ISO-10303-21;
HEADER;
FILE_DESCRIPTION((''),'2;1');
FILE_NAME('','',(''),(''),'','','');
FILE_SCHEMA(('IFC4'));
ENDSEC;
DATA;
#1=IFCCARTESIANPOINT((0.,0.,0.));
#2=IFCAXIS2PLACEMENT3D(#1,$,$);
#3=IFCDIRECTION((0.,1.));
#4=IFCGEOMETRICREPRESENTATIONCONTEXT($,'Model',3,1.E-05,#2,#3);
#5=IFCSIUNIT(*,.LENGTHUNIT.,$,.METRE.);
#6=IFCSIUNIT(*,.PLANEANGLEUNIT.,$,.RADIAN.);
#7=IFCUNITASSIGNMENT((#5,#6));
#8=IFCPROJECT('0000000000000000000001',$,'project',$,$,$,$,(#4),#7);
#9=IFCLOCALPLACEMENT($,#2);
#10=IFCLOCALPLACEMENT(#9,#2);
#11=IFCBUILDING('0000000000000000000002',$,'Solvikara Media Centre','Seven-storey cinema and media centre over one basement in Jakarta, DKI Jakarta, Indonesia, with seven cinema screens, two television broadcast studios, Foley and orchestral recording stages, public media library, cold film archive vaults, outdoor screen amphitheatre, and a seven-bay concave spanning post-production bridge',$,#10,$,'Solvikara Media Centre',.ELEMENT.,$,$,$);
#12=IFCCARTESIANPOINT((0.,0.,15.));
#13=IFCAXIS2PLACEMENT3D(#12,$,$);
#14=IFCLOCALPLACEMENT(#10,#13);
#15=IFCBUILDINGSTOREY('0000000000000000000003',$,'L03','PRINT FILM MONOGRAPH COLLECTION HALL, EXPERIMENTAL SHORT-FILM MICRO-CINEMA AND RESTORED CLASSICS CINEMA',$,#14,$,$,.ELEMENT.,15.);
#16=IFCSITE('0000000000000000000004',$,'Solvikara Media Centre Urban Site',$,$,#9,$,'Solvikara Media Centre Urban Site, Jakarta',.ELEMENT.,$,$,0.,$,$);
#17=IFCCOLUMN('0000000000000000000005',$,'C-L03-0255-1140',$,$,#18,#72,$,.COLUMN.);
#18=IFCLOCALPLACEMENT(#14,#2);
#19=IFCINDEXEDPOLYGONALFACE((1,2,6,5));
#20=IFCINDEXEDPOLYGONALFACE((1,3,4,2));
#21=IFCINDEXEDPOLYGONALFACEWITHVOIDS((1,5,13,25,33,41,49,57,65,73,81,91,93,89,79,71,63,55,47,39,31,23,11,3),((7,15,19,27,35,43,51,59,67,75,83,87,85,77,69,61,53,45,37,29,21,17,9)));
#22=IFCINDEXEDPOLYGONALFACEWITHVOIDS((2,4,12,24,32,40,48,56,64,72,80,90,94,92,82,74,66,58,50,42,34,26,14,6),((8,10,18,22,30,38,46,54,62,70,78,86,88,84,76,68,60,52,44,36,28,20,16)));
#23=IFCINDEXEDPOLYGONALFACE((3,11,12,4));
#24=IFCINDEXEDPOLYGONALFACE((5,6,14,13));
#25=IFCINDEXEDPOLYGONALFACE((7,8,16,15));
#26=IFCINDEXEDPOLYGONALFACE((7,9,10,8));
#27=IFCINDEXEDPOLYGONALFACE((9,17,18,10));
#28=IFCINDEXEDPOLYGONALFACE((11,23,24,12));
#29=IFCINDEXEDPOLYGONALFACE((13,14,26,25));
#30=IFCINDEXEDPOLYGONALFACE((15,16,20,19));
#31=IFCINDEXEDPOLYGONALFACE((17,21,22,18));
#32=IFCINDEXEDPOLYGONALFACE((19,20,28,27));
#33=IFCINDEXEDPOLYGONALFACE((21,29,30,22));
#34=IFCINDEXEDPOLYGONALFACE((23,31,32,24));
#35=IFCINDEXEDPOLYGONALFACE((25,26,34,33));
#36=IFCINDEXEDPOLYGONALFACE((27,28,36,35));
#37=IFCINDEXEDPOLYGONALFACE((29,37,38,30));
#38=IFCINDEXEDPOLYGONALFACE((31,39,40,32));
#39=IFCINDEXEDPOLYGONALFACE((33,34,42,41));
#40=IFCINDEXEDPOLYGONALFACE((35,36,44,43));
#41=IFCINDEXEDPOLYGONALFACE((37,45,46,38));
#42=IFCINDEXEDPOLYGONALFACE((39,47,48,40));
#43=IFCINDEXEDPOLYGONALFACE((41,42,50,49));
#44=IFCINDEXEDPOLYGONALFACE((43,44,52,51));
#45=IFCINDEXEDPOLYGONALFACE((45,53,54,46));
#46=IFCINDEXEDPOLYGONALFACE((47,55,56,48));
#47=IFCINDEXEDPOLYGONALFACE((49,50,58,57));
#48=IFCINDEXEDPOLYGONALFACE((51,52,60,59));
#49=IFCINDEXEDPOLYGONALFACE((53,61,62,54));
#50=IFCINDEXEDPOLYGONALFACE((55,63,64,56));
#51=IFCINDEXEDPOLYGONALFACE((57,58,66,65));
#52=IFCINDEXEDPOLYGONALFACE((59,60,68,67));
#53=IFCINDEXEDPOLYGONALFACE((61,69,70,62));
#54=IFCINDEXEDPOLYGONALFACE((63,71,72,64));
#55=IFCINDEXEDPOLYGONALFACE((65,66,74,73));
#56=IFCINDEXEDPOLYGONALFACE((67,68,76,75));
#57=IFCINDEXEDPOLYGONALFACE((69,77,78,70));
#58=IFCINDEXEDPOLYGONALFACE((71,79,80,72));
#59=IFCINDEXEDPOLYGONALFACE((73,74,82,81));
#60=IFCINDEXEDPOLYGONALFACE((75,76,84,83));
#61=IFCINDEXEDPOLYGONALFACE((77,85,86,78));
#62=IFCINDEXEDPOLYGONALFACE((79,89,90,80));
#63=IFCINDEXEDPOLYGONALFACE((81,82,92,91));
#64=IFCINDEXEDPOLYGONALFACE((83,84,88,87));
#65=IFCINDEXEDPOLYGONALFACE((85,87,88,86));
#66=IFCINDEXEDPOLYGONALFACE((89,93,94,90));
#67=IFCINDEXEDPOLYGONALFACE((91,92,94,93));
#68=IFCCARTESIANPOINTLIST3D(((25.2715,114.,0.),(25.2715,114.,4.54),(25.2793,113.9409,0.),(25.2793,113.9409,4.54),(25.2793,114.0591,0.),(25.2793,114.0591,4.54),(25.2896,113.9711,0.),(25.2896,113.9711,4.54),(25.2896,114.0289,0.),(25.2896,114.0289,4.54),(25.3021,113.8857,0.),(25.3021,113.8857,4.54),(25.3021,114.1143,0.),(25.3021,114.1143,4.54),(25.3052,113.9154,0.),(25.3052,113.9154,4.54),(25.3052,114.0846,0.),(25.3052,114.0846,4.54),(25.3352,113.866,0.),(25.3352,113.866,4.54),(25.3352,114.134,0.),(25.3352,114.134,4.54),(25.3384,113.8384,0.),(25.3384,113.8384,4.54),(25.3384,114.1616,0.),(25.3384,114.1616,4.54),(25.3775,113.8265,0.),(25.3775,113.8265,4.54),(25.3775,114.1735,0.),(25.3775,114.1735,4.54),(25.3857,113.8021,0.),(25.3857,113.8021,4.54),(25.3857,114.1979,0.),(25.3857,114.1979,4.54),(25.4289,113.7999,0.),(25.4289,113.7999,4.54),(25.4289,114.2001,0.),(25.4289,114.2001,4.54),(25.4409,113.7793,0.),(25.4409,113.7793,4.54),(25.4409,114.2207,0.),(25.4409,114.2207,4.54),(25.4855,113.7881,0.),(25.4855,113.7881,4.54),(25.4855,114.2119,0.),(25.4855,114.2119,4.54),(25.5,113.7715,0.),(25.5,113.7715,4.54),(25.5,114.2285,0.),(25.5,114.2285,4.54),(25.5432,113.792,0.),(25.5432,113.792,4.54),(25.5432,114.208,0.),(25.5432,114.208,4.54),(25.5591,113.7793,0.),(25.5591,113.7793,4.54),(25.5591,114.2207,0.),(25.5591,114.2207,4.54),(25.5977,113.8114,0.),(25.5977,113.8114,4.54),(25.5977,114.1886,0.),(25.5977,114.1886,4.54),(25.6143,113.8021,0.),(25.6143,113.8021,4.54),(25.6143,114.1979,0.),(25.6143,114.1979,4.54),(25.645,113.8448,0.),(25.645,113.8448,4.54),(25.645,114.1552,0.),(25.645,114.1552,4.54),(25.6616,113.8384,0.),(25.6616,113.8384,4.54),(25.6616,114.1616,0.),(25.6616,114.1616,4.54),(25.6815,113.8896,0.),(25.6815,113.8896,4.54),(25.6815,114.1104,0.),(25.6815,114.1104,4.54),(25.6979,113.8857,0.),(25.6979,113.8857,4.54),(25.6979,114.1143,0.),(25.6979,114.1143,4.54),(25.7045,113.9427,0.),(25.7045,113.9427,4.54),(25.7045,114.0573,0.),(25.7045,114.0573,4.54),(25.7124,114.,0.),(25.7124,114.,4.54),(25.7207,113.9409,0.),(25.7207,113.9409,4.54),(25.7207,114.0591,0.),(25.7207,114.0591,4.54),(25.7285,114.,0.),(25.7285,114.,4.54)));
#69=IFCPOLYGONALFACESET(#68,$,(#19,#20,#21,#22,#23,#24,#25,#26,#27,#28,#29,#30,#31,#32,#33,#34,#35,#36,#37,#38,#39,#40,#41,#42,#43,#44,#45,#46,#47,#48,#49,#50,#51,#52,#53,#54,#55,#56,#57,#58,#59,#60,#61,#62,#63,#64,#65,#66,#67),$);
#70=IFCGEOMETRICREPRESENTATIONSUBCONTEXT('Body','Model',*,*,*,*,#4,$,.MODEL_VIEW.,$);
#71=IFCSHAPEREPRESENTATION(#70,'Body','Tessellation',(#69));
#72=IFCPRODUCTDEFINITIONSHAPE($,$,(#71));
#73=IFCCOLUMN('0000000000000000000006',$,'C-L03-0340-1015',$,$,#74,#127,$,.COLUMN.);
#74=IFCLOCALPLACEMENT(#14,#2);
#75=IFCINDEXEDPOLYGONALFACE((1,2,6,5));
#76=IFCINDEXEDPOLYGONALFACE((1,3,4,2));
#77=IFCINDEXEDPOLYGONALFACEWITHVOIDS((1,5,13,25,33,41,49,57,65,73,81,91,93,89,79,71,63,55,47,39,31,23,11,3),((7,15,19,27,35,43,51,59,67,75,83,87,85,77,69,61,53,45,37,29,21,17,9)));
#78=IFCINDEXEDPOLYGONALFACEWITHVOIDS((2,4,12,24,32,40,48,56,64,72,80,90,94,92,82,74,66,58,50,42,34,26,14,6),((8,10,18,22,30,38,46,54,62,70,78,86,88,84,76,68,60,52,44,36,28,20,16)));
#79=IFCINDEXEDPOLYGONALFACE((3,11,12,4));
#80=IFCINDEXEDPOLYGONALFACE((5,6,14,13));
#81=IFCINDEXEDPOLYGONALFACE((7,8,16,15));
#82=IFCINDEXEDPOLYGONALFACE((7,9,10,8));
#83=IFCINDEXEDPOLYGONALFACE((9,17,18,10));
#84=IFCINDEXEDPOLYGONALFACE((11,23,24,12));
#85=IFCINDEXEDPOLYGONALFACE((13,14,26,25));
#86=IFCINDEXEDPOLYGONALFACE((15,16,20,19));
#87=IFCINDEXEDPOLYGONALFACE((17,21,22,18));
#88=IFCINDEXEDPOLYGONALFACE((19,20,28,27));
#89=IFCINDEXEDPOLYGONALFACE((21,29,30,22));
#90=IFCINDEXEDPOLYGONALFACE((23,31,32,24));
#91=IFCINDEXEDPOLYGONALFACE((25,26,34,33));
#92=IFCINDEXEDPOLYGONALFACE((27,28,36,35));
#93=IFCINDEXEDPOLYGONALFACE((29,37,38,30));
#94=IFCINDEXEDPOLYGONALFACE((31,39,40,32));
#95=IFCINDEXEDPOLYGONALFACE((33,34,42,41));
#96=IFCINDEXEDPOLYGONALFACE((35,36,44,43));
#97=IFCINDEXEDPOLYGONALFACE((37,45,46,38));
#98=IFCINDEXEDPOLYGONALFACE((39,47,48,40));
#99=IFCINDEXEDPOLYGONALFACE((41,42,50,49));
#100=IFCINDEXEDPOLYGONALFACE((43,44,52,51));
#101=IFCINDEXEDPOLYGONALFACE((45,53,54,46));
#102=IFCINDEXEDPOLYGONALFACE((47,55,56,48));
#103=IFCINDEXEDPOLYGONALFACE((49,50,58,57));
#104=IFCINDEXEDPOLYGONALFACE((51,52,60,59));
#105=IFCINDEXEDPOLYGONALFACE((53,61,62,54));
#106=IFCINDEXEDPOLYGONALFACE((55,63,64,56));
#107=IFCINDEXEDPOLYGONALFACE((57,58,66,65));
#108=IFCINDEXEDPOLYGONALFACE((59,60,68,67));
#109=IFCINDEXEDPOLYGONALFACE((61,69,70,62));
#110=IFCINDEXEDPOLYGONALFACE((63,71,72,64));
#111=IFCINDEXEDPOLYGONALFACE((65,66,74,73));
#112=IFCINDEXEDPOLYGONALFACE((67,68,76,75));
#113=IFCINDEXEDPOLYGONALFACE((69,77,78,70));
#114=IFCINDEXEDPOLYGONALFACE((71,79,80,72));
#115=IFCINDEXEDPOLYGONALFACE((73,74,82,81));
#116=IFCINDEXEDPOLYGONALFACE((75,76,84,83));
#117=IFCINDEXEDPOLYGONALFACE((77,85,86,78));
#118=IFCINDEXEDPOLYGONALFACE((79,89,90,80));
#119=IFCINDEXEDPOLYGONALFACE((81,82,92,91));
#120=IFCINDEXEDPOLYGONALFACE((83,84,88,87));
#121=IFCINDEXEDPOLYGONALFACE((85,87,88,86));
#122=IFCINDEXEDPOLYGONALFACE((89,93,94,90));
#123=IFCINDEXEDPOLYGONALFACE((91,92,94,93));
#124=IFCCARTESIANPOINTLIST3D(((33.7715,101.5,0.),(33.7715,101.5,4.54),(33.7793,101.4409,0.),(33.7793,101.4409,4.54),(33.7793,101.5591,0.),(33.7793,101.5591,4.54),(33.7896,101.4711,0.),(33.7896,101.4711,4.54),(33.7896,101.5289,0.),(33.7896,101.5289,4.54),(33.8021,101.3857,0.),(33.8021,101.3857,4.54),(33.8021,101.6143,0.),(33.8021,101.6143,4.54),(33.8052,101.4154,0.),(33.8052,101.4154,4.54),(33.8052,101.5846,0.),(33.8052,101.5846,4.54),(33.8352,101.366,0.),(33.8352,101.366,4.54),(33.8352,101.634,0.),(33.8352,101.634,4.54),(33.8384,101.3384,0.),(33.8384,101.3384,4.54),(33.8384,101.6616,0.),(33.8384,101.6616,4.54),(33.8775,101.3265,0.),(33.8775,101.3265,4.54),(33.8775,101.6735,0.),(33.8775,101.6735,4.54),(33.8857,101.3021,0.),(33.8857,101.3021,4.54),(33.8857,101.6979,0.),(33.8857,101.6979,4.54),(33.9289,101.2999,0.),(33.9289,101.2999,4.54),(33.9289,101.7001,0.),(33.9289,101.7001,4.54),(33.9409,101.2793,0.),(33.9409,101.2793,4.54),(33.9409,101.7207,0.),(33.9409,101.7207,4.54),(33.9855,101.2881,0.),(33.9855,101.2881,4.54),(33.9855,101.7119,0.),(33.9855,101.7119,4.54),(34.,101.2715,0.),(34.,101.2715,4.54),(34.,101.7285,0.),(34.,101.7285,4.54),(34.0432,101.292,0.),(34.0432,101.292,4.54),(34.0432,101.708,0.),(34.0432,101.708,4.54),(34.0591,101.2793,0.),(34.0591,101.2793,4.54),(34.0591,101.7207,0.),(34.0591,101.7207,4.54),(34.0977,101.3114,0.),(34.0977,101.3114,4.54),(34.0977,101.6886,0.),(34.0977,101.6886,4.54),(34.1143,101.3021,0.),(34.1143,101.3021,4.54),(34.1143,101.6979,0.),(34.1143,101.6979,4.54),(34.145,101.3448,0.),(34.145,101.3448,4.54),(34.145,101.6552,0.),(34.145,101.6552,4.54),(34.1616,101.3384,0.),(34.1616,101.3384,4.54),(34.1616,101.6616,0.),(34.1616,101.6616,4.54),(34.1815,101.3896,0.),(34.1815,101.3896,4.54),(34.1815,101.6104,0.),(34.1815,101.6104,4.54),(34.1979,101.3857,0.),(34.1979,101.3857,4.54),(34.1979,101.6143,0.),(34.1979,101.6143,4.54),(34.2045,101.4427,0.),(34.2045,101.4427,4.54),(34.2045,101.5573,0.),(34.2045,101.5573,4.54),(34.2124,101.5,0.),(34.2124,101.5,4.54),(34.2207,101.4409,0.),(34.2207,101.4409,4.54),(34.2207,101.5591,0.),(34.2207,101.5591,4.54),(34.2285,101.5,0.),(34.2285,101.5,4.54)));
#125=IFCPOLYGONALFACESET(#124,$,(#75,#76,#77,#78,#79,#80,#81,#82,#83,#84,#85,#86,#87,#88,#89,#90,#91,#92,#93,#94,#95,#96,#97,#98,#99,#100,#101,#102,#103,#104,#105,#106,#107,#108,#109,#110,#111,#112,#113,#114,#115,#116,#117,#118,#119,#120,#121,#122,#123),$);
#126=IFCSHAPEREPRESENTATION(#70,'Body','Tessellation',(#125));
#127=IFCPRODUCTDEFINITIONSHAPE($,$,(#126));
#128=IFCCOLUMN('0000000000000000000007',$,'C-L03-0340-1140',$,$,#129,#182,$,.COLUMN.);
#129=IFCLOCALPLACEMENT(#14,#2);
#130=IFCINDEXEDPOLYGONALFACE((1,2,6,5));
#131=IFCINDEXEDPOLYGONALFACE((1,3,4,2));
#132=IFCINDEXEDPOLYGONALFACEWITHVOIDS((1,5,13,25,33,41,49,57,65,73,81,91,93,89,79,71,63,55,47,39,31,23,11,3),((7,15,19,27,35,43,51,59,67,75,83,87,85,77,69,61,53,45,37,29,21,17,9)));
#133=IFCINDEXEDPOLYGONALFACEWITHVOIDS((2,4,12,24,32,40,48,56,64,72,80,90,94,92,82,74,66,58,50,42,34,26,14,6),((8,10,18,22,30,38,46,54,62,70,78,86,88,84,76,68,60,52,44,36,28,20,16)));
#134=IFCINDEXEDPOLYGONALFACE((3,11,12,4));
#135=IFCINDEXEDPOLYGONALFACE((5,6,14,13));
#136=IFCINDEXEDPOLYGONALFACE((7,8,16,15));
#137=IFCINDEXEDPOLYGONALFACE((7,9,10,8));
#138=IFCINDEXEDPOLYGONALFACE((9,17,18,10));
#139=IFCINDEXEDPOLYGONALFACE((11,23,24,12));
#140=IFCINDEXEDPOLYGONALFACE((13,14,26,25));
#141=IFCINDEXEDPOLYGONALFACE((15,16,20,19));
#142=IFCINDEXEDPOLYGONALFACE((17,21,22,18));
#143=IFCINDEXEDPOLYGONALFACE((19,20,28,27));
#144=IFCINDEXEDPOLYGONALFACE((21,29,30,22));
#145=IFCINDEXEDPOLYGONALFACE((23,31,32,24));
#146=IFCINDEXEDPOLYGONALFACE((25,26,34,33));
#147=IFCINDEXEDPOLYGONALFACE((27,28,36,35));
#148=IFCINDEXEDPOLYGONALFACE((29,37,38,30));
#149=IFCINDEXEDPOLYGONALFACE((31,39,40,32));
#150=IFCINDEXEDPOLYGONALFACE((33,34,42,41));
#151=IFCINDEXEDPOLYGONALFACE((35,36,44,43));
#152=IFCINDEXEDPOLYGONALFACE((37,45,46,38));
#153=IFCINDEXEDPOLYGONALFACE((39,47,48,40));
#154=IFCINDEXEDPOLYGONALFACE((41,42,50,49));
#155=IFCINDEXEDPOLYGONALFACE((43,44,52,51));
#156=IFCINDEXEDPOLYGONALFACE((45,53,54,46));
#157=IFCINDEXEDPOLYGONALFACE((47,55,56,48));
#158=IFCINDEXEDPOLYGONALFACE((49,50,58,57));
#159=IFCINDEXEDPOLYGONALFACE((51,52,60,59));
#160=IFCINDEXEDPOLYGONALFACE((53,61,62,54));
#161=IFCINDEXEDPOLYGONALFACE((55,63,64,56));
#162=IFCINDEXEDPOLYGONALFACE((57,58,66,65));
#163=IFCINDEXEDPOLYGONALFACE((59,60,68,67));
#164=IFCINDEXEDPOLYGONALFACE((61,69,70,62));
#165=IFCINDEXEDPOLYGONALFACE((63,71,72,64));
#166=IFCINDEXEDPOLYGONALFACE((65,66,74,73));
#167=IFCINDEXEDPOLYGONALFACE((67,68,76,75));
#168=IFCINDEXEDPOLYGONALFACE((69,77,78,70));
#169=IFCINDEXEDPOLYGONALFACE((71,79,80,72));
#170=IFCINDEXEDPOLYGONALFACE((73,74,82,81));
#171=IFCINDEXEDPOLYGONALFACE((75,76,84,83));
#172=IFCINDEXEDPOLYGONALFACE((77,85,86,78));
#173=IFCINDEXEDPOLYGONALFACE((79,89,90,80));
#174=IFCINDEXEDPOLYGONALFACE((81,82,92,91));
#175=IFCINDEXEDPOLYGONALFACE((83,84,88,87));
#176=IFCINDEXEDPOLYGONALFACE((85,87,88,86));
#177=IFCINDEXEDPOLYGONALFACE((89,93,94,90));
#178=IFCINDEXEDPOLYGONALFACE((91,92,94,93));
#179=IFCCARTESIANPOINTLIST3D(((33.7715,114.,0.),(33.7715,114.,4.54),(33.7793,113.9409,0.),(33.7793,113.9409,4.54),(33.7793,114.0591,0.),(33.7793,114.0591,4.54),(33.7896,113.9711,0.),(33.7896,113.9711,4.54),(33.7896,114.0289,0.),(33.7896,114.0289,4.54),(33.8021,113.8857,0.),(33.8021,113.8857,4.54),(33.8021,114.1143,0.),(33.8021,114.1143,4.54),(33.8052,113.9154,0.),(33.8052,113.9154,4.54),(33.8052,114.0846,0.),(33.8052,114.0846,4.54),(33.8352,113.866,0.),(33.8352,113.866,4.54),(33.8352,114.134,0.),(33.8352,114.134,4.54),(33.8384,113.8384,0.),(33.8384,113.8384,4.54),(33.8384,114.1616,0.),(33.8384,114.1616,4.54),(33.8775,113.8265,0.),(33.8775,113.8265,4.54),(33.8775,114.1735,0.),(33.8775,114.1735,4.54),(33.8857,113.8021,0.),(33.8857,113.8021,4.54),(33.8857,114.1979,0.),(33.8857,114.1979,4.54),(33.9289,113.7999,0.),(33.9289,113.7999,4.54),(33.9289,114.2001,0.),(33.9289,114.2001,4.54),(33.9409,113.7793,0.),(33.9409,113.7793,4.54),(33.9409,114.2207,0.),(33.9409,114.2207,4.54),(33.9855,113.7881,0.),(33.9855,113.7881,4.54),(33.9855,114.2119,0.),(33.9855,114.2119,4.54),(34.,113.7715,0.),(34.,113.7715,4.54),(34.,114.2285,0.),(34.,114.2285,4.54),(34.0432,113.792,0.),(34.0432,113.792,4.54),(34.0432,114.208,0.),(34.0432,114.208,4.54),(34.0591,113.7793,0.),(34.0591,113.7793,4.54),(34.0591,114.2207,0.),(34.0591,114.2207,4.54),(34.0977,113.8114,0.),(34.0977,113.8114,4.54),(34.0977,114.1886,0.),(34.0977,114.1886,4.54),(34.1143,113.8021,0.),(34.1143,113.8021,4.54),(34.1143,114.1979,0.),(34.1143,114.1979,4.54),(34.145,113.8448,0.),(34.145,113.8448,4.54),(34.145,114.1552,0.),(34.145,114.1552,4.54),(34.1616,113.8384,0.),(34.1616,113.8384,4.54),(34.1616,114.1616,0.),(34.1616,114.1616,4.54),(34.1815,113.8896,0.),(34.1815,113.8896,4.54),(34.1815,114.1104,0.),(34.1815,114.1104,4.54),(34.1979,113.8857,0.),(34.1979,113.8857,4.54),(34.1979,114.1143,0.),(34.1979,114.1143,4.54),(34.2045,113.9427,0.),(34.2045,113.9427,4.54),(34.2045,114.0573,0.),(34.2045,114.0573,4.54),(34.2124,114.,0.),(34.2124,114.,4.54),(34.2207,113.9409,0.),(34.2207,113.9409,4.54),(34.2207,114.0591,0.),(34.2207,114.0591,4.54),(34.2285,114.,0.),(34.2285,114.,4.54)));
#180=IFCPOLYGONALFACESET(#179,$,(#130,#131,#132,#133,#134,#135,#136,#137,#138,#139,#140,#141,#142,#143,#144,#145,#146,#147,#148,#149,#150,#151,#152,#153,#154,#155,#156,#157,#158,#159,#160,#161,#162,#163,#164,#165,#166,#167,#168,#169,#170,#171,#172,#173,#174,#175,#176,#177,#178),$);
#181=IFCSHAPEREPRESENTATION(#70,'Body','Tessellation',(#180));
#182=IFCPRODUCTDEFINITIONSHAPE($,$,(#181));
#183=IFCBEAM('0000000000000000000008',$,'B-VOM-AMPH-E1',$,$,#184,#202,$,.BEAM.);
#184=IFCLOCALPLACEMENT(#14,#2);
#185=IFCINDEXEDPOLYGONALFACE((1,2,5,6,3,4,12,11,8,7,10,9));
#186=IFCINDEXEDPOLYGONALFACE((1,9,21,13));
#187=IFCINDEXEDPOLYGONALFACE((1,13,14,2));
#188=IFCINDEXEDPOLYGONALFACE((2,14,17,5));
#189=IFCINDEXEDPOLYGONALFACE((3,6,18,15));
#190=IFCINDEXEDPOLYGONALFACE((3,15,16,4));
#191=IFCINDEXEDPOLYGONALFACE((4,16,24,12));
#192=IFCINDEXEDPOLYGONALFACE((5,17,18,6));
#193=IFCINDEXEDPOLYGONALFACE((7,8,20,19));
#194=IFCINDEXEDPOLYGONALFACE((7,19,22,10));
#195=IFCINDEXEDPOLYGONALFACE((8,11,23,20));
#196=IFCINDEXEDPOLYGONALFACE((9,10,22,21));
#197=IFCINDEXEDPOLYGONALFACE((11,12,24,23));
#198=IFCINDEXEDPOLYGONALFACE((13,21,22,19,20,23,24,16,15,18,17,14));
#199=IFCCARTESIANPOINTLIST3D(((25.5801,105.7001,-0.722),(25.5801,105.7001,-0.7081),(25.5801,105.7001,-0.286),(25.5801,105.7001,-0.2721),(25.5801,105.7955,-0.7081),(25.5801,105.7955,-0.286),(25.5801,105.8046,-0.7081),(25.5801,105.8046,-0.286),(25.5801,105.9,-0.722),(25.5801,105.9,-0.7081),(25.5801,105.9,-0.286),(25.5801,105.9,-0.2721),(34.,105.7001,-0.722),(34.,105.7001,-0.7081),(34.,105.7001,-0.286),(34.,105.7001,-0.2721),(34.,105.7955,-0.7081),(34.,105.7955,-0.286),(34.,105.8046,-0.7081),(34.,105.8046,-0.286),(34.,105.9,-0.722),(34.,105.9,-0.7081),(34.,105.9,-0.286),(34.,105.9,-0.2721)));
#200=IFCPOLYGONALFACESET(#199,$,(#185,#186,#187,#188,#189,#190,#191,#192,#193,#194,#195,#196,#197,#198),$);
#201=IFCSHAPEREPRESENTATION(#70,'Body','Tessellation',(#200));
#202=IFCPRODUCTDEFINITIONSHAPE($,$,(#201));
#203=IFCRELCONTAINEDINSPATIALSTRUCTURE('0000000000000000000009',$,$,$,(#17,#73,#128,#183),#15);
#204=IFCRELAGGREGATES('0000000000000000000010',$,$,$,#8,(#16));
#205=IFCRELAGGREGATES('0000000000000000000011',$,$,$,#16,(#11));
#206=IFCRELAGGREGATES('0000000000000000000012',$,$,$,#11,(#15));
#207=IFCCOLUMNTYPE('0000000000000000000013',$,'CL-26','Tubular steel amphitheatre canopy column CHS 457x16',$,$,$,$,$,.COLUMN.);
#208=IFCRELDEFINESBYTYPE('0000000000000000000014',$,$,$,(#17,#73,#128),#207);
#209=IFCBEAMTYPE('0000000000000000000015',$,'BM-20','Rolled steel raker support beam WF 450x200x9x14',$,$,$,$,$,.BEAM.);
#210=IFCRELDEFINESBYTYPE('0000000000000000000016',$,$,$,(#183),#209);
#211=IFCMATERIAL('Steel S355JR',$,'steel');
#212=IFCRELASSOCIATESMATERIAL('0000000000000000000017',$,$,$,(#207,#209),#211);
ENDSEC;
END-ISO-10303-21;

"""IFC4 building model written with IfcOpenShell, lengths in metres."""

from ifc_helpers import new_model, si_unit, direction, frame, origin, origin_2d, place, context, subcontext, project, spatial, hollow_circle, i_section, extrude, material, material_profile, profile_set, type_object, element, save


model = new_model("IFC4")

# Units and contexts
model_context = context("Model", 3, precision=1e-05, world=origin(), true_north=direction((0.0, 1.0)))
body_context = subcontext(model_context, "Body", "Model", "MODEL_VIEW")
ifc_project = project(units=[si_unit("LENGTHUNIT", "METRE"), si_unit("PLANEANGLEUNIT", "RADIAN")], contexts=[model_context])

# Site, building, storey
site_placement = place(None, origin())
site = spatial("IfcSite", under=ifc_project, at=site_placement, Name="Solvikara Media Centre Urban Site", LongName="Solvikara Media Centre Urban Site, Jakarta", CompositionType="ELEMENT", RefElevation=0.0)
building_placement = place(site_placement, origin())
building = spatial("IfcBuilding", under=site, at=building_placement, Name="Solvikara Media Centre", Description="Seven-storey cinema and media centre over one basement in Jakarta, DKI Jakarta, Indonesia, with seven cinema screens, two television broadcast studios, Foley and orchestral recording stages, public media library, cold film archive vaults, outdoor screen amphitheatre, and a seven-bay concave spanning post-production bridge", LongName="Solvikara Media Centre", CompositionType="ELEMENT")
storey_placement = place(building_placement, frame((0.0, 0.0, 15.0)))
storey = spatial("IfcBuildingStorey", under=building, at=storey_placement, Name="L03", Description="PRINT FILM MONOGRAPH COLLECTION HALL, EXPERIMENTAL SHORT-FILM MICRO-CINEMA AND RESTORED CLASSICS CINEMA", CompositionType="ELEMENT", Elevation=15.0)

# Columns
ifc_material_1 = material(Name="Steel S355JR", Category="steel")
ifc_material_profile_1 = material_profile(ifc_material_1, hollow_circle(Radius=0.2285, WallThickness=0.0161, at=origin_2d()), Name="CHS 457x16")
ifc_profile_set_1 = profile_set([ifc_material_profile_1], Name="Steel S355JR")
column_type = type_object("IfcColumnType", Name="CL-26", Description="Tubular steel amphitheatre canopy column CHS 457x16", PredefinedType="COLUMN", material=ifc_profile_set_1)
for number, where, z_axis, x_axis, name in (
    (1, (25.5, 114.0, 0.0), (0.0, 0.0, 1.0), (1.0, 0.0, 0.0), "C-L03-0255-1140"),
    (2, (34.0, 101.5, 0.0), (0.0, 0.0, 1.0), (1.0, 0.0, 0.0), "C-L03-0340-1015"),
    (3, (34.0, 114.0, 0.0), (0.0, 0.0, 1.0), (1.0, 0.0, 0.0), "C-L03-0340-1140"),
):
    element("IfcColumn", number, at=place(storey_placement, frame(where, z_axis=z_axis, x_axis=x_axis)), inside=storey, type_object=column_type, Name=name, PredefinedType="COLUMN", context=body_context, shape_type="SweptSolid", body=[
        extrude(hollow_circle(Radius=0.2285, WallThickness=0.0161, at=origin_2d()), origin(), (0.0, 0.0, 1.0), 4.54),
    ])

# Beam
ifc_material_profile_2 = material_profile(ifc_material_1, i_section(OverallWidth=0.2, OverallDepth=0.45, WebThickness=0.009, FlangeThickness=0.0139, at=origin_2d()), Name="WF 450x200x9x14")
ifc_profile_set_2 = profile_set([ifc_material_profile_2], Name="Steel S355JR")
beam_type_1 = type_object("IfcBeamType", Name="BM-20", Description="Rolled steel raker support beam WF 450x200x9x14", PredefinedType="BEAM", material=ifc_profile_set_2)
for number, where, z_axis, x_axis, name in (
    (4, (25.5801, 105.8, -0.4971), (1.0, 0.0, 0.0), (0.0, 1.0, 0.0), "B-VOM-AMPH-E1"),
):
    element("IfcBeam", number, at=place(storey_placement, frame(where, z_axis=z_axis, x_axis=x_axis)), inside=storey, type_object=beam_type_1, Name=name, PredefinedType="BEAM", context=body_context, shape_type="SweptSolid", body=[
        extrude(i_section(OverallWidth=0.2, OverallDepth=0.45, WebThickness=0.009, FlangeThickness=0.0139, at=origin_2d()), origin(), (0.0, 0.0, 1.0), 8.4199),
    ])

save(model, "model.ifc")
